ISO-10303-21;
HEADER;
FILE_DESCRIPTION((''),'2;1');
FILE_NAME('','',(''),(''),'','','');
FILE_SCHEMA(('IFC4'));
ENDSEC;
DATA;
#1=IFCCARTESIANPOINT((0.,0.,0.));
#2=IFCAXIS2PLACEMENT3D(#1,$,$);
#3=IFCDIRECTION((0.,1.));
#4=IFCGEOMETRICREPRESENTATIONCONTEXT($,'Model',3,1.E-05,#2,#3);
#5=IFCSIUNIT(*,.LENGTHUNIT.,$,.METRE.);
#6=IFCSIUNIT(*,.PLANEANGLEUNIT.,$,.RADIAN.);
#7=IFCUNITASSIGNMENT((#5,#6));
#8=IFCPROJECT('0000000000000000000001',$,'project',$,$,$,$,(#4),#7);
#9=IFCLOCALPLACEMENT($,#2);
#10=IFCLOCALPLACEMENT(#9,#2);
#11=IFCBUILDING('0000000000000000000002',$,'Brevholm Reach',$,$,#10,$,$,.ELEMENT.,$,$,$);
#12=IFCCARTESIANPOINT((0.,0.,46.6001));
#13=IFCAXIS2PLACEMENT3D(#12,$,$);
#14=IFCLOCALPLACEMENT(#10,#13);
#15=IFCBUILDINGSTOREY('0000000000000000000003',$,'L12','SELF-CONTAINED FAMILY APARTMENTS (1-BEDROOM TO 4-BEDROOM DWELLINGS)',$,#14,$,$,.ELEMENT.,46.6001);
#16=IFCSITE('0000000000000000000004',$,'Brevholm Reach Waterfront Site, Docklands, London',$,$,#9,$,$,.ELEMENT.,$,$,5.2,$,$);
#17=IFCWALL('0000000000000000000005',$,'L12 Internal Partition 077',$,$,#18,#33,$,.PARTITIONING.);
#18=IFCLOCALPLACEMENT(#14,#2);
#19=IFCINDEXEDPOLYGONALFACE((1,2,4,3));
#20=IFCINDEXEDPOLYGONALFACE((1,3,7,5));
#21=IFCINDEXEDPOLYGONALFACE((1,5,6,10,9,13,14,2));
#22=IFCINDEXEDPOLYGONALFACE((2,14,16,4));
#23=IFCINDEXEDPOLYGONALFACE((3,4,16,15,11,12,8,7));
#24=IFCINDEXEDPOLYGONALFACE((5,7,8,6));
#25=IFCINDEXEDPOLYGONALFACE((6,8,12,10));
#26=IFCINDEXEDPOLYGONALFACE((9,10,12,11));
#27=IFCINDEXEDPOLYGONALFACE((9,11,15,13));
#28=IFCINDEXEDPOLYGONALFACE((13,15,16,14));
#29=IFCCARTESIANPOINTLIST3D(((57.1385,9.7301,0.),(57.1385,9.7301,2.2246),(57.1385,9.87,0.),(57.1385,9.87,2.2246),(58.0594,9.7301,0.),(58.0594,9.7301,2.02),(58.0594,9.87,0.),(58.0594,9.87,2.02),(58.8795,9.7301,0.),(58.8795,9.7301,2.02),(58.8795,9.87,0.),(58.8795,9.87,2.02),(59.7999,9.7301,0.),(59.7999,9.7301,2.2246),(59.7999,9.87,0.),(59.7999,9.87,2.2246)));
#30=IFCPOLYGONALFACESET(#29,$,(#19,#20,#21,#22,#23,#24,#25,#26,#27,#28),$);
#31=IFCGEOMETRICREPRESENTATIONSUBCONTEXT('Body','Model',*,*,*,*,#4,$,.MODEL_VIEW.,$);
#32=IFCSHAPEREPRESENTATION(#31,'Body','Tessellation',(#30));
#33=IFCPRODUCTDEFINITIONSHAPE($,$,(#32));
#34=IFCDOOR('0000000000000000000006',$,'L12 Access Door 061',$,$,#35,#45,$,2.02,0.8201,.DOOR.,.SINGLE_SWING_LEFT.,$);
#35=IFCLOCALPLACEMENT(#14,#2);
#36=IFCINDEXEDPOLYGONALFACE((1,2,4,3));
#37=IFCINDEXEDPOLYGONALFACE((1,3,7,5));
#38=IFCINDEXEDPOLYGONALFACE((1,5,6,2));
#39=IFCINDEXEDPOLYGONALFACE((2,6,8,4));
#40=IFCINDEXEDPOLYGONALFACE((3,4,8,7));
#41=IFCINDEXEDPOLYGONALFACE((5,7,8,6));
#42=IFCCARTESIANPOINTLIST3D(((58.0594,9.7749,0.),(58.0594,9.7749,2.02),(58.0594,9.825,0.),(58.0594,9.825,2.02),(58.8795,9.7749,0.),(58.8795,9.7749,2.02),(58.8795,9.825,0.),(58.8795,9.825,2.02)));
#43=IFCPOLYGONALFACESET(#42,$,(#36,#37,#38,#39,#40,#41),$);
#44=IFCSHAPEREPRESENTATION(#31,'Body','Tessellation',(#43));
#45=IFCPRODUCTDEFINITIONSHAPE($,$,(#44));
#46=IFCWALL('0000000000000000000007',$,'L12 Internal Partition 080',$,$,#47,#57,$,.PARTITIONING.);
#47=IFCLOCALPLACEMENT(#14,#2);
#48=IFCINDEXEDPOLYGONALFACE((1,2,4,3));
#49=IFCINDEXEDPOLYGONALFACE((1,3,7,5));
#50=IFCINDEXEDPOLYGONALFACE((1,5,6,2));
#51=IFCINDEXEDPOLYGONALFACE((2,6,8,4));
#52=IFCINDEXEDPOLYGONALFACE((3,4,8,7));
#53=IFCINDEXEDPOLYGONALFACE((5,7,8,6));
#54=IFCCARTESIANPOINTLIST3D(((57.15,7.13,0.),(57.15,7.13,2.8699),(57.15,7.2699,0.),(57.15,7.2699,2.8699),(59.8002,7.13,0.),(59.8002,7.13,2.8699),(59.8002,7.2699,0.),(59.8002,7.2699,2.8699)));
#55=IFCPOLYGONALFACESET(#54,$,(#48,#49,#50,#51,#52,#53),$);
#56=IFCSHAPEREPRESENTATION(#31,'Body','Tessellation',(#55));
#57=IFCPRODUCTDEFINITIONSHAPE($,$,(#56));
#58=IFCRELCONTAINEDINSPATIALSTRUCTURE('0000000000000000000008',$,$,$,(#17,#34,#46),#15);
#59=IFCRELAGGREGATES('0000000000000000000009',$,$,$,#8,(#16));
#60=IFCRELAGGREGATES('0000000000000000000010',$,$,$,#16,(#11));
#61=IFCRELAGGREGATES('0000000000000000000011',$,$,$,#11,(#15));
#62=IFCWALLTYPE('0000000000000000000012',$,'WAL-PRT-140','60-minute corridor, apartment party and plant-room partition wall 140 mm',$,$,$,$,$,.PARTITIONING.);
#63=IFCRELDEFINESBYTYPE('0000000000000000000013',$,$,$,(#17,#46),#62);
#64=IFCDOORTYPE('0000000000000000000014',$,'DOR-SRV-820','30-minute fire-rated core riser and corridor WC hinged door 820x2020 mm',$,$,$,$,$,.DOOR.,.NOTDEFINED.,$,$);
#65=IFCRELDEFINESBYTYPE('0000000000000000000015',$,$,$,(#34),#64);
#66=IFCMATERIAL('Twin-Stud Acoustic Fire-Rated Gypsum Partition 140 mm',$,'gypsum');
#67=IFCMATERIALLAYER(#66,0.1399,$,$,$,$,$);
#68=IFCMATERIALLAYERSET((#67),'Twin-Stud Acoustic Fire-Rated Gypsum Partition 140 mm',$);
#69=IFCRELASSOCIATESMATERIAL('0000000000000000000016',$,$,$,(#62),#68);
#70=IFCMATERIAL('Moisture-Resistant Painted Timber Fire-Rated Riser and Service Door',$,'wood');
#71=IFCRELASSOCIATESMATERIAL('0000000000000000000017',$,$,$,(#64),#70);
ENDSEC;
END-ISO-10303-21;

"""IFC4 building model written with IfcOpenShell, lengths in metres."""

from ifc_helpers import new_model, si_unit, direction, frame, frame_2d, origin, place, context, subcontext, project, spatial, rectangle, extrude, material, layer, layer_set, type_object, element, fill, save


model = new_model("IFC4")

# Units and contexts
model_context = context("Model", 3, precision=1e-05, world=origin(), true_north=direction((0.0, 1.0)))
body_context = subcontext(model_context, "Body", "Model", "MODEL_VIEW")
ifc_project = project(units=[si_unit("LENGTHUNIT", "METRE"), si_unit("PLANEANGLEUNIT", "RADIAN")], contexts=[model_context])

# Site, building, storey
site_placement = place(None, origin())
site = spatial("IfcSite", under=ifc_project, at=site_placement, Name="Brevholm Reach Waterfront Site, Docklands, London", CompositionType="ELEMENT", RefElevation=5.2)
building_placement = place(site_placement, origin())
building = spatial("IfcBuilding", under=site, at=building_placement, Name="Brevholm Reach", CompositionType="ELEMENT")
storey_placement = place(building_placement, frame((0.0, 0.0, 46.6001)))
storey = spatial("IfcBuildingStorey", under=building, at=storey_placement, Name="L12", Description="SELF-CONTAINED FAMILY APARTMENTS (1-BEDROOM TO 4-BEDROOM DWELLINGS)", CompositionType="ELEMENT", Elevation=46.6001)

# Wall, opening, door
ifc_material_1 = material(Name="Twin-Stud Acoustic Fire-Rated Gypsum Partition 140 mm", Category="gypsum")
ifc_layer_1 = layer(ifc_material_1, 0.1399)
ifc_layer_set_1 = layer_set([ifc_layer_1], Name="Twin-Stud Acoustic Fire-Rated Gypsum Partition 140 mm")
wall_type_1 = type_object("IfcWallType", Name="WAL-PRT-140", Description="60-minute corridor, apartment party and plant-room partition wall 140 mm", PredefinedType="PARTITIONING", material=ifc_layer_set_1)
wall_1_placement = place(storey_placement, frame((57.1387, 9.8, 0.0), z_axis=(0.0, 0.0, 1.0), x_axis=(1.0, 0.0, 0.0)))
wall_1 = element("IfcWall", 1, at=wall_1_placement, inside=storey, type_object=wall_type_1, Name="L12 Internal Partition 077", PredefinedType="PARTITIONING", context=body_context, shape_type="SweptSolid", body=[
    extrude(rectangle(XDim=2.6614, YDim=0.1399, at=frame_2d((1.3306, 0.0))), origin(), (0.0, 0.0, 1.0), 2.2246),
])
opening_1_placement = place(wall_1_placement, frame((0.9207, 0.0, 0.0)))
opening_1 = element("IfcOpeningElement", 2, at=opening_1_placement, cuts=wall_1, PredefinedType="OPENING", context=body_context, shape_type="SweptSolid", body=[
    extrude(rectangle(XDim=0.8201, YDim=2.02, at=frame_2d((0.4102, 1.01))), frame((0.0, 0.0798, 0.0), z_axis=(0.0, -1.0, 0.0), x_axis=(1.0, 0.0, 0.0)), (0.0, 0.0, 1.0), 0.1599),
])
ifc_material_2 = material(Name="Moisture-Resistant Painted Timber Fire-Rated Riser and Service Door", Category="wood")
door_type_1 = type_object("IfcDoorType", Name="DOR-SRV-820", Description="30-minute fire-rated core riser and corridor WC hinged door 820x2020 mm", OperationType="NOTDEFINED", PredefinedType="DOOR", material=ifc_material_2)
door_1_placement = place(opening_1_placement, origin())
door_1 = element("IfcDoor", 3, at=door_1_placement, inside=storey, type_object=door_type_1, Name="L12 Access Door 061", OperationType="SINGLE_SWING_LEFT", OverallHeight=2.02, OverallWidth=0.8201, PredefinedType="DOOR", context=body_context, shape_type="SweptSolid", body=[
    extrude(rectangle(XDim=0.8201, YDim=2.02, at=frame_2d((0.4102, 1.01))), frame((0.0, 0.0249, 0.0), z_axis=(0.0, -1.0, 0.0), x_axis=(1.0, 0.0, 0.0)), (0.0, 0.0, 1.0), 0.05),
])
fill(opening_1, door_1)

# Wall
wall_2_placement = place(storey_placement, frame((57.1499, 7.2, 0.0), z_axis=(0.0, 0.0, 1.0), x_axis=(1.0, 0.0, 0.0)))
element("IfcWall", 4, at=wall_2_placement, inside=storey, type_object=wall_type_1, Name="L12 Internal Partition 080", PredefinedType="PARTITIONING", context=body_context, shape_type="SweptSolid", body=[
    extrude(rectangle(XDim=2.6501, YDim=0.1399, at=frame_2d((1.3252, 0.0))), origin(), (0.0, 0.0, 1.0), 2.8699),
])

save(model, "model.ifc")
